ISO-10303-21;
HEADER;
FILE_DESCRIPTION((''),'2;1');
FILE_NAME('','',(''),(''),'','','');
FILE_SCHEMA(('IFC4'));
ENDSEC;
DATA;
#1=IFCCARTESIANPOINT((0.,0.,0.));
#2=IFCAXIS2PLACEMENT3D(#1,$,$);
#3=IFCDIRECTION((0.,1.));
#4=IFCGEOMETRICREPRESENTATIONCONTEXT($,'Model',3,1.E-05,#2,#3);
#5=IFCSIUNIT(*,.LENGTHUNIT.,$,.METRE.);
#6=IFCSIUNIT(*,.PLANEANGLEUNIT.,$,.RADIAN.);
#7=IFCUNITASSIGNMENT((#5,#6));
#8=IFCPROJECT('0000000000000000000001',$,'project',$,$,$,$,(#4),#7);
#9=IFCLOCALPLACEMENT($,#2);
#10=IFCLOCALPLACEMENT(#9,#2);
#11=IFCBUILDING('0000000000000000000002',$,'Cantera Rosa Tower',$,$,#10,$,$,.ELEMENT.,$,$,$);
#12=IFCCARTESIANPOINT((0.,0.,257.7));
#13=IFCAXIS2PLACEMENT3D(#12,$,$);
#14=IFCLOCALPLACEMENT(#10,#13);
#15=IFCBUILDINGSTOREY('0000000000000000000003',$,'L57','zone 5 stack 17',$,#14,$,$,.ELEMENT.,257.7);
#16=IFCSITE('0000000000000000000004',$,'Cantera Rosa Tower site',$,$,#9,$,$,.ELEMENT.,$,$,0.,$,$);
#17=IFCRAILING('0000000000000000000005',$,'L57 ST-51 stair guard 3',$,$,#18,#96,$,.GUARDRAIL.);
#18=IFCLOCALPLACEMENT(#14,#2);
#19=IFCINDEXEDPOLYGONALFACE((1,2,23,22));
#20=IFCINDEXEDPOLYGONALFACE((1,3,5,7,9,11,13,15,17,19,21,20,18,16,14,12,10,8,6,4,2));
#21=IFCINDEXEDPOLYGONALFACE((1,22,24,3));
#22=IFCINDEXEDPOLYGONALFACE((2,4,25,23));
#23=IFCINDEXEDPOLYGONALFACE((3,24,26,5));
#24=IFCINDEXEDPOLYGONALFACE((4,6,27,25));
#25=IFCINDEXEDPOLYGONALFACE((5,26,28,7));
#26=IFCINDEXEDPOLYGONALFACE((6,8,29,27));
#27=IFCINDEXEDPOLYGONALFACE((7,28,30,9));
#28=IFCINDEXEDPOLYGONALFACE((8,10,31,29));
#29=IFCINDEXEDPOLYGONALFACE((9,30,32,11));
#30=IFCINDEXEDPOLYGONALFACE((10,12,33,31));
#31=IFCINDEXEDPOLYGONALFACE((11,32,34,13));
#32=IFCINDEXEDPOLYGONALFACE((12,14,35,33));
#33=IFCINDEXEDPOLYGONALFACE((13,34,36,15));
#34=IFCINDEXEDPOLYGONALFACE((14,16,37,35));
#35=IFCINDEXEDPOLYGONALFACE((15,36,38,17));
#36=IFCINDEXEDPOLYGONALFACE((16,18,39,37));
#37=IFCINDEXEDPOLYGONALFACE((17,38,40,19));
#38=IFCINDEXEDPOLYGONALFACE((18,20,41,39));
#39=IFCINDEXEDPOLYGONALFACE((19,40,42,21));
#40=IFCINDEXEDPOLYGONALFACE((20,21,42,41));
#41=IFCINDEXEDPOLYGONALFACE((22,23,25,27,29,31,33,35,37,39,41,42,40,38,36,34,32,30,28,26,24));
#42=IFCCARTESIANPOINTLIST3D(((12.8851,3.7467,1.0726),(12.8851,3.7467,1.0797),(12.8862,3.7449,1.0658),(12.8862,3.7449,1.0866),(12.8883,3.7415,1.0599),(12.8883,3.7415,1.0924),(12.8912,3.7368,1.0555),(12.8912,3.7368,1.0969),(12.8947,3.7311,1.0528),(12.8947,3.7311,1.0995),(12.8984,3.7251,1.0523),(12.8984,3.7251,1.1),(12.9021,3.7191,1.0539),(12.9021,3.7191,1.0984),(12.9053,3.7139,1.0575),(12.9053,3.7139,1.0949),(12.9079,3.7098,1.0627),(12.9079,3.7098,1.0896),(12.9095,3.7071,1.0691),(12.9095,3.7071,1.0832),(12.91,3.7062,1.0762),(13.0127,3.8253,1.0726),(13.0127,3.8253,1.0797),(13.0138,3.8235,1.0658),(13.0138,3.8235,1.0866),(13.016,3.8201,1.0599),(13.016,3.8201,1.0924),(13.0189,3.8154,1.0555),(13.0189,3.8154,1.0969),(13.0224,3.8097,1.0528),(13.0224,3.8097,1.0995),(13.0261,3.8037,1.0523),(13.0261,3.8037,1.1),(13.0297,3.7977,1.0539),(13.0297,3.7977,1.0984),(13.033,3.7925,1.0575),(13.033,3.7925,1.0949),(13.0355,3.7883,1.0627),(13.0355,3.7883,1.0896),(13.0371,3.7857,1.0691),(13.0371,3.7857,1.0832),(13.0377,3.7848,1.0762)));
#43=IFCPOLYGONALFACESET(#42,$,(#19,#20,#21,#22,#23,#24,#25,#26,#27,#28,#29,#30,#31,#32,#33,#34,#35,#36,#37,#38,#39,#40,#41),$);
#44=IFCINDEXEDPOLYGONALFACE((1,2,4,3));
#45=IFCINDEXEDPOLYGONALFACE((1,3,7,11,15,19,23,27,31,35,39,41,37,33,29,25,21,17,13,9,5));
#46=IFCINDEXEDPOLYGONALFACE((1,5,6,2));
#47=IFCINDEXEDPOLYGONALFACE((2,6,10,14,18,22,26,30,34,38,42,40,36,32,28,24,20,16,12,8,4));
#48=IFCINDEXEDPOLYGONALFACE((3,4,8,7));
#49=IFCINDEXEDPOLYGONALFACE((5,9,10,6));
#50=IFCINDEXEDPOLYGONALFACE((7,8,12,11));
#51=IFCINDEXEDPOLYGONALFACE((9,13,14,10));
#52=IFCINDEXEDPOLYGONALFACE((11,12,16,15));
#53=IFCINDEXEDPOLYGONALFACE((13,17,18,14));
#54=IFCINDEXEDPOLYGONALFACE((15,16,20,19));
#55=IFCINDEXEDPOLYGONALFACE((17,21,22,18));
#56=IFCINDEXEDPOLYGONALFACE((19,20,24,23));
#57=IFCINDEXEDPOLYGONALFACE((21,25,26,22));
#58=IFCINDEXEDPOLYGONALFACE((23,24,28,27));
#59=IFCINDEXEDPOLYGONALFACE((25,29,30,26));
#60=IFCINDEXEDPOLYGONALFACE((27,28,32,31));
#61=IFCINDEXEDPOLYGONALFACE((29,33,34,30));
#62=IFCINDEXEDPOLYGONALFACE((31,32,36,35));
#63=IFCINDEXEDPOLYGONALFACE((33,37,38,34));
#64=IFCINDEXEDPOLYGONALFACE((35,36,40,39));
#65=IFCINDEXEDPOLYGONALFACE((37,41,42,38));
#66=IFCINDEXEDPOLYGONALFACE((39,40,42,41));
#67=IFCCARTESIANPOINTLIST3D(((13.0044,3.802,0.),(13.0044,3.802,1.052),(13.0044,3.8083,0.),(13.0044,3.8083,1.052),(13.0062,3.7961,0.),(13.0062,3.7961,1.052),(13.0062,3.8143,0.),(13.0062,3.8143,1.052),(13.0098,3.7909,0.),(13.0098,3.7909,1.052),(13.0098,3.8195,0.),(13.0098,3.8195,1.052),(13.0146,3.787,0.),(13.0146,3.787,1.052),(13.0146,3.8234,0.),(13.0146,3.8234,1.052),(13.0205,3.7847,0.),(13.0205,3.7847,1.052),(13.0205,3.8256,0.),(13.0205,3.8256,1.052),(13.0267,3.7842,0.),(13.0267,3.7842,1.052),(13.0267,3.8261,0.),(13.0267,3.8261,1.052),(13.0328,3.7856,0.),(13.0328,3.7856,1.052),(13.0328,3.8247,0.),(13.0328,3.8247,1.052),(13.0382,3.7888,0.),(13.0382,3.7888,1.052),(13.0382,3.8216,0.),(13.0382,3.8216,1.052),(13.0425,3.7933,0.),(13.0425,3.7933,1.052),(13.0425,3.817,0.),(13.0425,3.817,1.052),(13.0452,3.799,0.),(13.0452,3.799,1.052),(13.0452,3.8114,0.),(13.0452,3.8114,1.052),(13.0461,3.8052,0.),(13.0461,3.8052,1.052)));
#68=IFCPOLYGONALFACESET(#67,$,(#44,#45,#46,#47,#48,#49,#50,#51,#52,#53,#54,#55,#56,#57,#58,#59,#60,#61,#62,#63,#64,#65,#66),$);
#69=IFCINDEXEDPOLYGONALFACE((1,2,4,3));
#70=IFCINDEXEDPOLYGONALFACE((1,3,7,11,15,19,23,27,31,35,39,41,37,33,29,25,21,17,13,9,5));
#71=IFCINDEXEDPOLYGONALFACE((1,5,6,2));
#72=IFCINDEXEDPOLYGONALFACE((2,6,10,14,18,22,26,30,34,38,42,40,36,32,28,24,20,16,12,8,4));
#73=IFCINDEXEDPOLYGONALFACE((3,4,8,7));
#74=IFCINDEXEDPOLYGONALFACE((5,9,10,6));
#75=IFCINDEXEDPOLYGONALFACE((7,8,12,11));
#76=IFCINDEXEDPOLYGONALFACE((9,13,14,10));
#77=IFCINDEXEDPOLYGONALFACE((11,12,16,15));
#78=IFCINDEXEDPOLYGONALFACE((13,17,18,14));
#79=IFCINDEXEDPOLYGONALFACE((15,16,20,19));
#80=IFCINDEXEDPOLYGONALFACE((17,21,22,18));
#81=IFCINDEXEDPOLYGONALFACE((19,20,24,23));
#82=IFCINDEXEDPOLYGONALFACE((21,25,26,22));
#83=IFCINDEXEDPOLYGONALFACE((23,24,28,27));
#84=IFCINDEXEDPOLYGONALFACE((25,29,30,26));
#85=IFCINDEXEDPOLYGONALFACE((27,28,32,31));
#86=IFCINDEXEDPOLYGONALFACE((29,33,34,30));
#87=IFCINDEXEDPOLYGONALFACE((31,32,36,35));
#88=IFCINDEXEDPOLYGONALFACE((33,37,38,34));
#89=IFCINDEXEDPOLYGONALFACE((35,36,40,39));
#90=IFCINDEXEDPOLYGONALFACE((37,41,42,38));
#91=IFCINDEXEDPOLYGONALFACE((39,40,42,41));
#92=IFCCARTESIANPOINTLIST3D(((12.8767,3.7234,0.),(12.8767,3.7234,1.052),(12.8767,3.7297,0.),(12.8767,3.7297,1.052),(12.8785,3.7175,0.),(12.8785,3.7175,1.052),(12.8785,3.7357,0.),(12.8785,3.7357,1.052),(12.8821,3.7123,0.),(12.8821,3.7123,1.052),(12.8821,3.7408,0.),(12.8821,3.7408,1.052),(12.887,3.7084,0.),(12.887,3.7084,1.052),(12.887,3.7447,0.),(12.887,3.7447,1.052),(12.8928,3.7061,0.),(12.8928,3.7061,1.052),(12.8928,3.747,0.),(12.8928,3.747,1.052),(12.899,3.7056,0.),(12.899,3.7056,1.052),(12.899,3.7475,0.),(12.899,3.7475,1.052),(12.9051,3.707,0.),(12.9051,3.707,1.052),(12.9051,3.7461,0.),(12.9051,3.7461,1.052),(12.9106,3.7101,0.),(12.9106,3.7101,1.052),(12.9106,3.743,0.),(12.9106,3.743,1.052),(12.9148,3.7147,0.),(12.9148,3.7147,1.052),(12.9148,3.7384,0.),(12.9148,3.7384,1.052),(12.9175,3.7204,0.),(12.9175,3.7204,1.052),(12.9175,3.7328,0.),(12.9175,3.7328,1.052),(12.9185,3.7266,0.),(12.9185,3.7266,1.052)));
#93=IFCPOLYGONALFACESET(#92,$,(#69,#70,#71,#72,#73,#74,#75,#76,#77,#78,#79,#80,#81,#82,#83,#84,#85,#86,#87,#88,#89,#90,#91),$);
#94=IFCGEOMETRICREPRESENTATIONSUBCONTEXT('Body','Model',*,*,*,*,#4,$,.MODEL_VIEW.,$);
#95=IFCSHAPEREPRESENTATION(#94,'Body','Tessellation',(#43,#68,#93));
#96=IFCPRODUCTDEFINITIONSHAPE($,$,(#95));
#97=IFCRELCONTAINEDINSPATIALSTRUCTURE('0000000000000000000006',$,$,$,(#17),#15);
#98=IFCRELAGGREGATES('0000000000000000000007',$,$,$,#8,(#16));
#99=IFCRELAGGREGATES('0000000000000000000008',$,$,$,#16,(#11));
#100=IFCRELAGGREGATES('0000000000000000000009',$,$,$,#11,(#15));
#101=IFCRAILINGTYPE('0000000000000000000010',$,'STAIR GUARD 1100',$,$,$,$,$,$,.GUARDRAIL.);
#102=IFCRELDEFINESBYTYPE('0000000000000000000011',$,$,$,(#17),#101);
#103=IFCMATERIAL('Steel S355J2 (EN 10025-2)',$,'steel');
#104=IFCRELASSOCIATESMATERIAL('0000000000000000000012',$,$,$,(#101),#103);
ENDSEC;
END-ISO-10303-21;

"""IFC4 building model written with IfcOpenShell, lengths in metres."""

from ifc_helpers import new_model, si_unit, direction, frame, origin, origin_2d, place, context, subcontext, project, spatial, circle, extrude, material, type_object, element, save


model = new_model("IFC4")

# Units and contexts
model_context = context("Model", 3, precision=1e-05, world=origin(), true_north=direction((0.0, 1.0)))
body_context = subcontext(model_context, "Body", "Model", "MODEL_VIEW")
ifc_project = project(units=[si_unit("LENGTHUNIT", "METRE"), si_unit("PLANEANGLEUNIT", "RADIAN")], contexts=[model_context])

# Site, building, storey
site_placement = place(None, origin())
site = spatial("IfcSite", under=ifc_project, at=site_placement, Name="Cantera Rosa Tower site", CompositionType="ELEMENT", RefElevation=0.0)
building_placement = place(site_placement, origin())
building = spatial("IfcBuilding", under=site, at=building_placement, Name="Cantera Rosa Tower", CompositionType="ELEMENT")
storey_placement = place(building_placement, frame((0.0, 0.0, 257.7)))
storey = spatial("IfcBuildingStorey", under=building, at=storey_placement, Name="L57", Description="zone 5 stack 17", CompositionType="ELEMENT", Elevation=257.7)

# Railing
ifc_material_1 = material(Name="Steel S355J2 (EN 10025-2)", Category="steel")
railing_type_1 = type_object("IfcRailingType", Name="STAIR GUARD 1100", PredefinedType="GUARDRAIL", material=ifc_material_1)
railing_1_placement = place(storey_placement, frame((13.0251, 3.8052, 0.0)))
element("IfcRailing", 1, at=railing_1_placement, inside=storey, type_object=railing_type_1, Name="L57 ST-51 stair guard 3", PredefinedType="GUARDRAIL", context=body_context, shape_type="SweptSolid", body=[
    extrude(circle(Radius=0.0239, at=origin_2d()), frame((0.0, 0.0, 1.0762), z_axis=(-0.851546, -0.524279, 0.0), x_axis=(0.524279, -0.851546, 0.0)), (0.0, 0.0, 1.0), 0.1499),
    extrude(circle(Radius=0.021, at=origin_2d()), origin(), (0.0, 0.0, 1.0), 1.052),
    extrude(circle(Radius=0.021, at=origin_2d()), frame((-0.1277, -0.0786, 0.0)), (0.0, 0.0, 1.0), 1.052),
])

save(model, "model.ifc")
